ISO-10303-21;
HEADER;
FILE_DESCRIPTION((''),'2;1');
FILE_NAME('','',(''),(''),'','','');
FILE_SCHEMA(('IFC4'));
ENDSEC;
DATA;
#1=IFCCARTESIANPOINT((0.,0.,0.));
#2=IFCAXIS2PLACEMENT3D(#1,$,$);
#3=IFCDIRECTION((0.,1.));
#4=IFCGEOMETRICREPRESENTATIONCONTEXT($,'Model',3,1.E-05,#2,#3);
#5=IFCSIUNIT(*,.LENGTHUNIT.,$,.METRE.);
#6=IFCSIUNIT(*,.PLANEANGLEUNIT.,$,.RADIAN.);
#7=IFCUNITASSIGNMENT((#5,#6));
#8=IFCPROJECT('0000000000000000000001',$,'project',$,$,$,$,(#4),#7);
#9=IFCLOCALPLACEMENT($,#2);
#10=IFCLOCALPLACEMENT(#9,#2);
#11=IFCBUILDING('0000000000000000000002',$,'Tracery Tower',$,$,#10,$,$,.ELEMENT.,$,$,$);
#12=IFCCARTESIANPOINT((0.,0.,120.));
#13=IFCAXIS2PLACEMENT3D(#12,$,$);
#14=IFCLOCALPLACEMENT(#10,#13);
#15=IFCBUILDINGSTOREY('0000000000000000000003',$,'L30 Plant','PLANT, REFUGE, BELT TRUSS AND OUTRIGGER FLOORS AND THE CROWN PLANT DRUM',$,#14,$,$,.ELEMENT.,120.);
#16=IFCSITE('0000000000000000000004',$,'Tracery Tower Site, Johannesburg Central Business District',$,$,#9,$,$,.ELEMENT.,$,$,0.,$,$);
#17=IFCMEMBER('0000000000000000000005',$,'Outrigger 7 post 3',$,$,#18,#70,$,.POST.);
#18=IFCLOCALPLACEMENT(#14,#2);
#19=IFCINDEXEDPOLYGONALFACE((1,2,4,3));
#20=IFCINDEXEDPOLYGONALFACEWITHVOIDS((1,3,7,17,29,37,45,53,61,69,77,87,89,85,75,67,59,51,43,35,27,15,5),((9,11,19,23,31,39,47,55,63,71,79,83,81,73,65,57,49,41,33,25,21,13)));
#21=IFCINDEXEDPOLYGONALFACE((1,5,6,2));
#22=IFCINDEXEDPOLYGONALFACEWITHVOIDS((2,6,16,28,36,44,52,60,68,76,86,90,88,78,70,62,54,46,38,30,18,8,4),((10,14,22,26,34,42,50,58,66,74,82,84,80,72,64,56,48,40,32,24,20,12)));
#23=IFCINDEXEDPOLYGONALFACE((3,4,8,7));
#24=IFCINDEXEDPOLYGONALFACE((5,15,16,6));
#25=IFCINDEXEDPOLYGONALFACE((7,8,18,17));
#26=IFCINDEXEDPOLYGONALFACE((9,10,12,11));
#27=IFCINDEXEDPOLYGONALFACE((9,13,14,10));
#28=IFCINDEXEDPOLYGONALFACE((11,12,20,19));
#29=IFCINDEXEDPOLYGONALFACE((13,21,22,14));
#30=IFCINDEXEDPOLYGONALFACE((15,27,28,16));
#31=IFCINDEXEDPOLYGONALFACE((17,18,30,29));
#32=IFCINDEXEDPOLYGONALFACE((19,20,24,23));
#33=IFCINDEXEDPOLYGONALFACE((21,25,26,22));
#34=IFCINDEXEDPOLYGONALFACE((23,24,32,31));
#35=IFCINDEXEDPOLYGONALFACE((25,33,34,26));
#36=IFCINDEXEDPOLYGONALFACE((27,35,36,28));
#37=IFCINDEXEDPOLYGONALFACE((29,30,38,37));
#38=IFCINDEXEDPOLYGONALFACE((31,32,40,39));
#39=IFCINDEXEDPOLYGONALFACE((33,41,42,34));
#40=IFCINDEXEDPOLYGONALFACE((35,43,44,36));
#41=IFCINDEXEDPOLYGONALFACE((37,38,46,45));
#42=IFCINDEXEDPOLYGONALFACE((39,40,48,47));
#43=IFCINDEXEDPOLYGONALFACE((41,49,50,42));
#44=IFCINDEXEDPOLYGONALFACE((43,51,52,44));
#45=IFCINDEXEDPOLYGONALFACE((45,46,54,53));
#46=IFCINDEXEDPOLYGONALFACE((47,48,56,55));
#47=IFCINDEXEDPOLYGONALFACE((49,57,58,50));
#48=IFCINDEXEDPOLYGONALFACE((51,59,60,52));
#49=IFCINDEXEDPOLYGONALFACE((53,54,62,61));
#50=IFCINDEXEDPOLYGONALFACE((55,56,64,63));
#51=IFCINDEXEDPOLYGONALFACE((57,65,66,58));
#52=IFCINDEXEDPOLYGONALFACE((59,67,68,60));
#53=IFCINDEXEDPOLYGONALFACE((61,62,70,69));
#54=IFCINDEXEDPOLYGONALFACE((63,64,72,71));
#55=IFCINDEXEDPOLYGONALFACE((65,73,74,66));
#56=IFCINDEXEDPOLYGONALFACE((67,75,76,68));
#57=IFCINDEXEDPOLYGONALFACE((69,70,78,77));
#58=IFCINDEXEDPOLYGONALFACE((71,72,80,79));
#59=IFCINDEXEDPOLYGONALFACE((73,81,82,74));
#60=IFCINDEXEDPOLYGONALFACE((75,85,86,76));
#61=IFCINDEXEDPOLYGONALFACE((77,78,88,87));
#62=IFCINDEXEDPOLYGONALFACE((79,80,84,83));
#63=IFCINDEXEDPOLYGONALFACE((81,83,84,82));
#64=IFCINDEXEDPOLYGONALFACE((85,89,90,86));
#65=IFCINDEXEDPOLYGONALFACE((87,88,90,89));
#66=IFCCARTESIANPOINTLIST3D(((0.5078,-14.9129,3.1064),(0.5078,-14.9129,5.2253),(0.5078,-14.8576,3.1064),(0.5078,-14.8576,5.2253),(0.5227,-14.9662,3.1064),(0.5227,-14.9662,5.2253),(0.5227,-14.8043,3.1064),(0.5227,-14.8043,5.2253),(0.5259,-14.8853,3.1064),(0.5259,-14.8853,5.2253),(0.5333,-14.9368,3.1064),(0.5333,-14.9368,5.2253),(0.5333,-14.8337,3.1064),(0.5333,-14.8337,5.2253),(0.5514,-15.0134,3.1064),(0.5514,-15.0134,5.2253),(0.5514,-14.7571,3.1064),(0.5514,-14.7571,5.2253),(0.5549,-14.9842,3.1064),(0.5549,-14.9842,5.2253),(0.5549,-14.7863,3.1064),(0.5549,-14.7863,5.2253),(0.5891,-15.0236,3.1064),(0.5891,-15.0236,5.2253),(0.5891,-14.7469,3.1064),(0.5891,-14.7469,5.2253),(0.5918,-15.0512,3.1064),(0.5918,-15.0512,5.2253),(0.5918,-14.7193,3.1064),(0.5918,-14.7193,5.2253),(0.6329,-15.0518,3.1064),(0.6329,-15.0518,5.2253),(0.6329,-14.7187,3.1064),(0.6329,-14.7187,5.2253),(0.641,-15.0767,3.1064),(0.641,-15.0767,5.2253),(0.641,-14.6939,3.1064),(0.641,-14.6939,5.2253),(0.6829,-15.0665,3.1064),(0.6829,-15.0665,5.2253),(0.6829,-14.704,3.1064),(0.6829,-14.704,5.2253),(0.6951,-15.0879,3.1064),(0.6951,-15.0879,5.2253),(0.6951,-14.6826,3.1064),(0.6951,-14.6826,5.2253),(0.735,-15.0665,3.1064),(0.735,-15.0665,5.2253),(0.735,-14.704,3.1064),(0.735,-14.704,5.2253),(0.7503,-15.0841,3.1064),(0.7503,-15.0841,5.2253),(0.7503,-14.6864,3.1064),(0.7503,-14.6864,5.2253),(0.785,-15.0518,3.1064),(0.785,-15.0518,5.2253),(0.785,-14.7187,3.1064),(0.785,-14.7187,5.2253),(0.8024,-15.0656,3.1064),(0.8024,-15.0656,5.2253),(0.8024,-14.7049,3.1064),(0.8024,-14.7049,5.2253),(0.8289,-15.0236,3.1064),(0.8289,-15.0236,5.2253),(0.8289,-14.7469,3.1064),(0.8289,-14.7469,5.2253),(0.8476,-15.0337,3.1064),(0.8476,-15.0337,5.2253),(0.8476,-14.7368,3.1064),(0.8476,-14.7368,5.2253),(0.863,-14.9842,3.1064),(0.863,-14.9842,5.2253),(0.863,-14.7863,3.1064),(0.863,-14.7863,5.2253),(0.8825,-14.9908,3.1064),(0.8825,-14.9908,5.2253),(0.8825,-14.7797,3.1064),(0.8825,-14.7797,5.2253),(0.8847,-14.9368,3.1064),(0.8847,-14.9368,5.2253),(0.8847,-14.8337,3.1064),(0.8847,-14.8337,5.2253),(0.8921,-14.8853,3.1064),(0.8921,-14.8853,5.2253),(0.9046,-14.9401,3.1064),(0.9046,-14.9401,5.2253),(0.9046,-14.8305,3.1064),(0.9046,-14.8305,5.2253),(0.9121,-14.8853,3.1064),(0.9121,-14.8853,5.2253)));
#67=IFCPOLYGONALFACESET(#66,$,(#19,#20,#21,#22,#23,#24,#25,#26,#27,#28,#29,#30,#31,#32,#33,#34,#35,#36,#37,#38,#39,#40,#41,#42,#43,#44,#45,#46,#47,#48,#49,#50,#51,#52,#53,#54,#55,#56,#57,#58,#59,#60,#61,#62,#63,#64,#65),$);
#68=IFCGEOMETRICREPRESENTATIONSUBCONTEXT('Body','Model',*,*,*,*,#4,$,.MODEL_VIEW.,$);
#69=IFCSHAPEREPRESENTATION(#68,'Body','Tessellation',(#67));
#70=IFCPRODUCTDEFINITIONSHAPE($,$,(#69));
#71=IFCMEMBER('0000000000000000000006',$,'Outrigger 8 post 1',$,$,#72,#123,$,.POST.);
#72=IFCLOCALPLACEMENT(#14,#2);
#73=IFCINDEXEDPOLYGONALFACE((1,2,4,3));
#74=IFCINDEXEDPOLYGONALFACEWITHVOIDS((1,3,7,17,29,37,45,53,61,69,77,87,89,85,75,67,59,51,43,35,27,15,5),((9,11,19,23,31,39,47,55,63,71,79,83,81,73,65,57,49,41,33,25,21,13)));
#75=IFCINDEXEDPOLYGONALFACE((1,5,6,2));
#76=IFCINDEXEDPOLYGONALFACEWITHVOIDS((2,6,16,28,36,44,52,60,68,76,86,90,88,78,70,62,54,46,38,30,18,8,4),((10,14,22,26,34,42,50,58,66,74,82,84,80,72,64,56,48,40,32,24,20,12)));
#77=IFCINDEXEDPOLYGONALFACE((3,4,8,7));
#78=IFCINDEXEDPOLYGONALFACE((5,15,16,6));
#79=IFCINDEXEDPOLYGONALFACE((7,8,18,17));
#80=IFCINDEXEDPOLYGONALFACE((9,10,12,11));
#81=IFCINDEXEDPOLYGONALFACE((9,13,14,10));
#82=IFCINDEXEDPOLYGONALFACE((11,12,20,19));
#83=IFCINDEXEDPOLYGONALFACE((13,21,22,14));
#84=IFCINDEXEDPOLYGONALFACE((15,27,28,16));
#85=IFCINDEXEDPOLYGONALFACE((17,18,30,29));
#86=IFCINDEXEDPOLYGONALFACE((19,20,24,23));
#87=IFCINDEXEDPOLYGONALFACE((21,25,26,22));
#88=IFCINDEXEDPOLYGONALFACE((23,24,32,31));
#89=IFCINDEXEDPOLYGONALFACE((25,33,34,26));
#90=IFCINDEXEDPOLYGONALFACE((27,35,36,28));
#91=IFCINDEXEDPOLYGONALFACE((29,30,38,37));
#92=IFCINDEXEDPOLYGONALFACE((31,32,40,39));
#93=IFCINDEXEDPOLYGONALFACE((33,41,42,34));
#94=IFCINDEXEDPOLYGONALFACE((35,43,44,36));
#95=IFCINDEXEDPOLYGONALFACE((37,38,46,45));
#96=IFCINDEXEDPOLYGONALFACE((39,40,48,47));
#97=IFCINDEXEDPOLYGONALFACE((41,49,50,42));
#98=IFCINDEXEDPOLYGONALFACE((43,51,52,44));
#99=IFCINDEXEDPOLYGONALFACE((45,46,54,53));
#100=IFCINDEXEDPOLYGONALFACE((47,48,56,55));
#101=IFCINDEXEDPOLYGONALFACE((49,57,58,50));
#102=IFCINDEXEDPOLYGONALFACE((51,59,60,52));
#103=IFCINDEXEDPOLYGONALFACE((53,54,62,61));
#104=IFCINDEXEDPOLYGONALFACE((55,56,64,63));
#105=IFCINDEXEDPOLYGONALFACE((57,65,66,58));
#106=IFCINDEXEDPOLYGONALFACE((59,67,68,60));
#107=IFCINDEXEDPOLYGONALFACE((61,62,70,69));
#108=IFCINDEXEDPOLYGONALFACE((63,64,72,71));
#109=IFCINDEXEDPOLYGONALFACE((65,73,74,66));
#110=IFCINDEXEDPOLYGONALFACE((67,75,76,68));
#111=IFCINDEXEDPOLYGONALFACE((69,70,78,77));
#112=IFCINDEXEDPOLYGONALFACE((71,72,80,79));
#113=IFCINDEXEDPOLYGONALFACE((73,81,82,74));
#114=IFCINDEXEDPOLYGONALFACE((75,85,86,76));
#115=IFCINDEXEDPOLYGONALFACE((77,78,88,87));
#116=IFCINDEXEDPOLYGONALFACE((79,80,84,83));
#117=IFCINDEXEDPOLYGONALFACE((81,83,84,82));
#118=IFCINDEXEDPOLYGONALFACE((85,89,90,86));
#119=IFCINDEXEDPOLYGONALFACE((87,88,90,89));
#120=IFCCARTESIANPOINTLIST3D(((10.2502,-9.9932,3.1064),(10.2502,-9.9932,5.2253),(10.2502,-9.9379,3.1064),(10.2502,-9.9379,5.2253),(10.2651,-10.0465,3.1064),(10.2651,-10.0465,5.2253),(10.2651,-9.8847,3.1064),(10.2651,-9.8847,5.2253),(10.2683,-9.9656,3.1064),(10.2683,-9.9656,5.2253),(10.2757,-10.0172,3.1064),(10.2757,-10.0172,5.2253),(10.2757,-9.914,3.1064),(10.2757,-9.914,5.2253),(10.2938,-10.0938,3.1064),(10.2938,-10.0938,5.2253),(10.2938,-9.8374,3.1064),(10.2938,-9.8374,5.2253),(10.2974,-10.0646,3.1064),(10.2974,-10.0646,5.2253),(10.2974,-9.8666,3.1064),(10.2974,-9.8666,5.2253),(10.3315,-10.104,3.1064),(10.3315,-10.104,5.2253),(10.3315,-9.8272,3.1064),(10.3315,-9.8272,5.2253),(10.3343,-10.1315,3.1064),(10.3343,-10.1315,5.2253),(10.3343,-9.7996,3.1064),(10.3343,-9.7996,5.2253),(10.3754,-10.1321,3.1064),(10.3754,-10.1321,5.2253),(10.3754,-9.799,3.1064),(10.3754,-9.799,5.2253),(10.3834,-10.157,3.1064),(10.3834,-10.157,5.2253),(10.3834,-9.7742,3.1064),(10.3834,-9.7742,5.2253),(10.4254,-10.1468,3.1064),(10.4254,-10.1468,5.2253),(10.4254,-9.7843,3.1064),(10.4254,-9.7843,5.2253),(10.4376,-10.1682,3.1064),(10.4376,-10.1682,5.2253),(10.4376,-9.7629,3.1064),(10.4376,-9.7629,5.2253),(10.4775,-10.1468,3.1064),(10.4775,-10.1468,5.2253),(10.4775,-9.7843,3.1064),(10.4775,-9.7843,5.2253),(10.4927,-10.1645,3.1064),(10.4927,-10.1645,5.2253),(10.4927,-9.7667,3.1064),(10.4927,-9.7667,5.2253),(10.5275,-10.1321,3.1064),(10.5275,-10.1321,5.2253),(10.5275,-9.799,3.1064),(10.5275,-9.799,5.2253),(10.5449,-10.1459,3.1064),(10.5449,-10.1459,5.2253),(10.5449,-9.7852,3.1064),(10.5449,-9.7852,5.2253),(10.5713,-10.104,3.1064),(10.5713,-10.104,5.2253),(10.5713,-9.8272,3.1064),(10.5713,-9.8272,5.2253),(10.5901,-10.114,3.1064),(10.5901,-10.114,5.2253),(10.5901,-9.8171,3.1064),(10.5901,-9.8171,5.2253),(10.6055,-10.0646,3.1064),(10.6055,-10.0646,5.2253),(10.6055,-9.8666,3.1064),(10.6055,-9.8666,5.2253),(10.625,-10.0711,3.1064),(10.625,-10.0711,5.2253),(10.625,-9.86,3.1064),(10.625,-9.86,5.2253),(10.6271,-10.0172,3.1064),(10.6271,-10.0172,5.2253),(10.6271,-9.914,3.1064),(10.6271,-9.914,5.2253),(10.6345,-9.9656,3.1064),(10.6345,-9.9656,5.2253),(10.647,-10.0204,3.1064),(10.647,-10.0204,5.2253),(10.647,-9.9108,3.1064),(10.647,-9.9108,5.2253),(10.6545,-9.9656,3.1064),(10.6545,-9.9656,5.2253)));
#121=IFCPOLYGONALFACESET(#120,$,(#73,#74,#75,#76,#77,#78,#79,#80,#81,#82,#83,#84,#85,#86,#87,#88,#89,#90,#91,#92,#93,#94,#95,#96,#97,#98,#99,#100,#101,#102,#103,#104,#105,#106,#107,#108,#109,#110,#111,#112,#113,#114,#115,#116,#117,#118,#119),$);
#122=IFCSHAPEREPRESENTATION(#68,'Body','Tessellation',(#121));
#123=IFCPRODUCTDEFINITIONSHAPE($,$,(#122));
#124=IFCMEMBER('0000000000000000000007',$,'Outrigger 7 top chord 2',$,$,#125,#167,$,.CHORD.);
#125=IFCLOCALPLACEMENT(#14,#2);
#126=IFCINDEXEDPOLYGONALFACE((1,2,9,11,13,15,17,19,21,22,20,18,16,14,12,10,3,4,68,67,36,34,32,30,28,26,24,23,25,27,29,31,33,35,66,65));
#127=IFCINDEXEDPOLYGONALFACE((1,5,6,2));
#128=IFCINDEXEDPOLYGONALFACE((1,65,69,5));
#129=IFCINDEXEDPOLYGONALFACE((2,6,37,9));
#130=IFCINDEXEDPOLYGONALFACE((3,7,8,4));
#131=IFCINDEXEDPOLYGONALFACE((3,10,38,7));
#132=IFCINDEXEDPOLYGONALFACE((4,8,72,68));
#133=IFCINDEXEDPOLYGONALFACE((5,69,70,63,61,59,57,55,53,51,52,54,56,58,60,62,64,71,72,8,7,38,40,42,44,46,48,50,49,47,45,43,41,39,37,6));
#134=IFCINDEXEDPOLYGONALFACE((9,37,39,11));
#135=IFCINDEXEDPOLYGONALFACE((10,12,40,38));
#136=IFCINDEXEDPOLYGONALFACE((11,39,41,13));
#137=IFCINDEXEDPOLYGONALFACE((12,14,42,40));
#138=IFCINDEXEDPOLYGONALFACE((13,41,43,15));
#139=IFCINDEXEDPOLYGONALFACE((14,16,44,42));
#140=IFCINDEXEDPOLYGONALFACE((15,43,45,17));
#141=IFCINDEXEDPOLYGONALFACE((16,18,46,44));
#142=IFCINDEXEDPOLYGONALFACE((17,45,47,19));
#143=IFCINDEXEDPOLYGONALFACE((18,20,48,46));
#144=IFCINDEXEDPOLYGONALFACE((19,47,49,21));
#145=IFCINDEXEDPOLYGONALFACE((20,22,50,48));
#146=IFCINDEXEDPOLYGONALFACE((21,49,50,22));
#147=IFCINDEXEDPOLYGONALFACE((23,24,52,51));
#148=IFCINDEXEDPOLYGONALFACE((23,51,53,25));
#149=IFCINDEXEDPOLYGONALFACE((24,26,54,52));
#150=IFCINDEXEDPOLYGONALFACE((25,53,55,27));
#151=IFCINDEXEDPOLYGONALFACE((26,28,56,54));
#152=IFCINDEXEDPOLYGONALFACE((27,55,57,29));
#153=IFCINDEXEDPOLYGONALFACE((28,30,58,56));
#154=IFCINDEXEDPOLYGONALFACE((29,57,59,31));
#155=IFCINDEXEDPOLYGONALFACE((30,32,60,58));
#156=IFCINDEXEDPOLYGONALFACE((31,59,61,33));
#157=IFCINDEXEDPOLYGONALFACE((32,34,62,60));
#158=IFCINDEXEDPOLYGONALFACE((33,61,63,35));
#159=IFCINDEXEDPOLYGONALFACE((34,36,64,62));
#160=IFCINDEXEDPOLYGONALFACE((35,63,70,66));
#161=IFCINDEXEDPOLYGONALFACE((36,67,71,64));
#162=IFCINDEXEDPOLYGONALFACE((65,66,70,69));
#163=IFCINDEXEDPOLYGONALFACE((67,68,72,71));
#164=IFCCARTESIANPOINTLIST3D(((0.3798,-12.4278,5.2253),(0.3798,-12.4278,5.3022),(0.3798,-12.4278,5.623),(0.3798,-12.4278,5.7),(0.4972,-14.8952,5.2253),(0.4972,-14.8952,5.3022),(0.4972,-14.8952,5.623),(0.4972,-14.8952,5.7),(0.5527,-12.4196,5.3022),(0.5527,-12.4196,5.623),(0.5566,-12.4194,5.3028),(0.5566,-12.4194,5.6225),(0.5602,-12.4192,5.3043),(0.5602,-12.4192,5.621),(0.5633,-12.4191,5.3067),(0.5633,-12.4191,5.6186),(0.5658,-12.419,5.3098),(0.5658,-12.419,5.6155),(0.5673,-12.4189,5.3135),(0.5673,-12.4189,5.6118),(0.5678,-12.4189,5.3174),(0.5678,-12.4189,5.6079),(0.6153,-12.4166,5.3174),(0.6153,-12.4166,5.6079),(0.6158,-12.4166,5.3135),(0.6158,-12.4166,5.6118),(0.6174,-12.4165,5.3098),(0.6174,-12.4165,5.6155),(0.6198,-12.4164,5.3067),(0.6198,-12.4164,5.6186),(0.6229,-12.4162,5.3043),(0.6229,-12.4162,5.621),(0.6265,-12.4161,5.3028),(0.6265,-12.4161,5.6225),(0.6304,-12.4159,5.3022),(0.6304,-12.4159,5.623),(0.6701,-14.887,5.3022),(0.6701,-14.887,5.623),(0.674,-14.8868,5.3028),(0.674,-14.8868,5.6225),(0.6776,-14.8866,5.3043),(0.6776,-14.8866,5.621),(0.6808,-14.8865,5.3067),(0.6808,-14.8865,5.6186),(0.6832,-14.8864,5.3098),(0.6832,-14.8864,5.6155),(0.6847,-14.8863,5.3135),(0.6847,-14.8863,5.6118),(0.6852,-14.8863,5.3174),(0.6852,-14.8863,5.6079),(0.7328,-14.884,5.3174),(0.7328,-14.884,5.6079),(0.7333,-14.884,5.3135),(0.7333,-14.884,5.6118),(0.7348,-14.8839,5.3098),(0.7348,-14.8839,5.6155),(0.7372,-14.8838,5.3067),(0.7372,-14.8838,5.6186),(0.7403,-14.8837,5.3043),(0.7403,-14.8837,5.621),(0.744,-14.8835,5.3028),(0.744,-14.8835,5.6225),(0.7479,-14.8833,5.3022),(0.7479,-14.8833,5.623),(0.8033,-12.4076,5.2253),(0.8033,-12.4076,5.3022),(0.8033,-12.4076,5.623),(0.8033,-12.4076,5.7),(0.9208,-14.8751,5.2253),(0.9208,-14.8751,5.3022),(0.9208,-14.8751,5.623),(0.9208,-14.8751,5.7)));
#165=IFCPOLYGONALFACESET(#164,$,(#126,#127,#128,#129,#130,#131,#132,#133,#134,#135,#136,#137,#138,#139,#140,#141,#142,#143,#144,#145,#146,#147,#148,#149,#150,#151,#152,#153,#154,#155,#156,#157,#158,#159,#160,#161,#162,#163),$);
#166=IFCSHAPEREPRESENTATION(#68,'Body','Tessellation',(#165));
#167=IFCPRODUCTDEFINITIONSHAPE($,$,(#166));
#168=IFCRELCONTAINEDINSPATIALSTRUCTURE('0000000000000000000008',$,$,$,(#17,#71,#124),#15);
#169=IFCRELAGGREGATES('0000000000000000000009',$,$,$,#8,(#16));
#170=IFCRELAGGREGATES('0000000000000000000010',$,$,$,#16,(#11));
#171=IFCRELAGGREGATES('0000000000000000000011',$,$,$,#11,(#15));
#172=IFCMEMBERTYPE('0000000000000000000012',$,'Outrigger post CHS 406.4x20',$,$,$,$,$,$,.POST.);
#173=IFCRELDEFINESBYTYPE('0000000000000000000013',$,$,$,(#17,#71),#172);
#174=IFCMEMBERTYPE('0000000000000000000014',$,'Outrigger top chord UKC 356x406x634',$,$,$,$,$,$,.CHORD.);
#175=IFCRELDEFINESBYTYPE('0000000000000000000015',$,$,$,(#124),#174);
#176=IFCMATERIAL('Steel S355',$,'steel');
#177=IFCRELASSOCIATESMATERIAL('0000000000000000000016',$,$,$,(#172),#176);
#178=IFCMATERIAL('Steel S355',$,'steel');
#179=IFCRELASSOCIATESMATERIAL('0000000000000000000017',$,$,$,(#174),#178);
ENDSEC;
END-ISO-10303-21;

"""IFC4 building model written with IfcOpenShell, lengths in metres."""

from ifc_helpers import new_model, si_unit, direction, frame, origin, origin_2d, place, context, subcontext, project, spatial, hollow_circle, i_section, extrude, material, material_profile, profile_set, type_object, element, save


model = new_model("IFC4")

# Units and contexts
model_context = context("Model", 3, precision=1e-05, world=origin(), true_north=direction((0.0, 1.0)))
body_context = subcontext(model_context, "Body", "Model", "MODEL_VIEW")
ifc_project = project(units=[si_unit("LENGTHUNIT", "METRE"), si_unit("PLANEANGLEUNIT", "RADIAN")], contexts=[model_context])

# Site, building, storey
site_placement = place(None, origin())
site = spatial("IfcSite", under=ifc_project, at=site_placement, Name="Tracery Tower Site, Johannesburg Central Business District", CompositionType="ELEMENT", RefElevation=0.0)
building_placement = place(site_placement, origin())
building = spatial("IfcBuilding", under=site, at=building_placement, Name="Tracery Tower", CompositionType="ELEMENT")
storey_placement = place(building_placement, frame((0.0, 0.0, 120.0)))
storey = spatial("IfcBuildingStorey", under=building, at=storey_placement, Name="L30 Plant", Description="PLANT, REFUGE, BELT TRUSS AND OUTRIGGER FLOORS AND THE CROWN PLANT DRUM", CompositionType="ELEMENT", Elevation=120.0)

# Members
ifc_material_1 = material(Name="Steel S355", Category="steel")
ifc_material_profile_1 = material_profile(ifc_material_1, hollow_circle(Radius=0.2031, WallThickness=0.02, at=origin_2d()), Name="CHS 406.4x20")
ifc_profile_set_1 = profile_set([ifc_material_profile_1], Name="Steel S355")
member_type_1 = type_object("IfcMemberType", Name="Outrigger post CHS 406.4x20", PredefinedType="POST", material=ifc_profile_set_1)
for number, where, z_axis, x_axis, name in (
    (1, (0.709, -14.8853, 3.1064), (0.0, 0.0, 1.0), (1.0, 0.0, 0.0), "Outrigger 7 post 3"),
    (2, (10.4514, -9.9656, 3.1064), (0.0, 0.0, 1.0), (1.0, 0.0, 0.0), "Outrigger 8 post 1"),
):
    element("IfcMember", number, at=place(storey_placement, frame(where, z_axis=z_axis, x_axis=x_axis)), inside=storey, type_object=member_type_1, Name=name, PredefinedType="POST", context=body_context, shape_type="SweptSolid", body=[
        extrude(hollow_circle(Radius=0.2031, WallThickness=0.02, at=origin_2d()), origin(), (0.0, 0.0, 1.0), 2.1189),
    ])
ifc_material_2 = material(Name="Steel S355", Category="steel")
ifc_material_profile_2 = material_profile(ifc_material_2, i_section(OverallWidth=0.4241, OverallDepth=0.4746, WebThickness=0.0476, FlangeThickness=0.0769, FilletRadius=0.0151, at=origin_2d()), Name="UKC 356x406x634")
ifc_profile_set_2 = profile_set([ifc_material_profile_2], Name="Steel S355")
member_type_2 = type_object("IfcMemberType", Name="Outrigger top chord UKC 356x406x634", PredefinedType="CHORD", material=ifc_profile_set_2)
for number, where, z_axis, x_axis, name in (
    (3, (0.5916, -12.4177, 5.4626), (0.047537, -0.998869, 0.0), (0.998869, 0.047537, 0.0), "Outrigger 7 top chord 2"),
):
    element("IfcMember", number, at=place(storey_placement, frame(where, z_axis=z_axis, x_axis=x_axis)), inside=storey, type_object=member_type_2, Name=name, PredefinedType="CHORD", context=body_context, shape_type="SweptSolid", body=[
        extrude(i_section(OverallWidth=0.4241, OverallDepth=0.4746, WebThickness=0.0476, FlangeThickness=0.0769, FilletRadius=0.0151, at=origin_2d()), origin(), (0.0, 0.0, 1.0), 2.4702),
    ])

save(model, "model.ifc")
